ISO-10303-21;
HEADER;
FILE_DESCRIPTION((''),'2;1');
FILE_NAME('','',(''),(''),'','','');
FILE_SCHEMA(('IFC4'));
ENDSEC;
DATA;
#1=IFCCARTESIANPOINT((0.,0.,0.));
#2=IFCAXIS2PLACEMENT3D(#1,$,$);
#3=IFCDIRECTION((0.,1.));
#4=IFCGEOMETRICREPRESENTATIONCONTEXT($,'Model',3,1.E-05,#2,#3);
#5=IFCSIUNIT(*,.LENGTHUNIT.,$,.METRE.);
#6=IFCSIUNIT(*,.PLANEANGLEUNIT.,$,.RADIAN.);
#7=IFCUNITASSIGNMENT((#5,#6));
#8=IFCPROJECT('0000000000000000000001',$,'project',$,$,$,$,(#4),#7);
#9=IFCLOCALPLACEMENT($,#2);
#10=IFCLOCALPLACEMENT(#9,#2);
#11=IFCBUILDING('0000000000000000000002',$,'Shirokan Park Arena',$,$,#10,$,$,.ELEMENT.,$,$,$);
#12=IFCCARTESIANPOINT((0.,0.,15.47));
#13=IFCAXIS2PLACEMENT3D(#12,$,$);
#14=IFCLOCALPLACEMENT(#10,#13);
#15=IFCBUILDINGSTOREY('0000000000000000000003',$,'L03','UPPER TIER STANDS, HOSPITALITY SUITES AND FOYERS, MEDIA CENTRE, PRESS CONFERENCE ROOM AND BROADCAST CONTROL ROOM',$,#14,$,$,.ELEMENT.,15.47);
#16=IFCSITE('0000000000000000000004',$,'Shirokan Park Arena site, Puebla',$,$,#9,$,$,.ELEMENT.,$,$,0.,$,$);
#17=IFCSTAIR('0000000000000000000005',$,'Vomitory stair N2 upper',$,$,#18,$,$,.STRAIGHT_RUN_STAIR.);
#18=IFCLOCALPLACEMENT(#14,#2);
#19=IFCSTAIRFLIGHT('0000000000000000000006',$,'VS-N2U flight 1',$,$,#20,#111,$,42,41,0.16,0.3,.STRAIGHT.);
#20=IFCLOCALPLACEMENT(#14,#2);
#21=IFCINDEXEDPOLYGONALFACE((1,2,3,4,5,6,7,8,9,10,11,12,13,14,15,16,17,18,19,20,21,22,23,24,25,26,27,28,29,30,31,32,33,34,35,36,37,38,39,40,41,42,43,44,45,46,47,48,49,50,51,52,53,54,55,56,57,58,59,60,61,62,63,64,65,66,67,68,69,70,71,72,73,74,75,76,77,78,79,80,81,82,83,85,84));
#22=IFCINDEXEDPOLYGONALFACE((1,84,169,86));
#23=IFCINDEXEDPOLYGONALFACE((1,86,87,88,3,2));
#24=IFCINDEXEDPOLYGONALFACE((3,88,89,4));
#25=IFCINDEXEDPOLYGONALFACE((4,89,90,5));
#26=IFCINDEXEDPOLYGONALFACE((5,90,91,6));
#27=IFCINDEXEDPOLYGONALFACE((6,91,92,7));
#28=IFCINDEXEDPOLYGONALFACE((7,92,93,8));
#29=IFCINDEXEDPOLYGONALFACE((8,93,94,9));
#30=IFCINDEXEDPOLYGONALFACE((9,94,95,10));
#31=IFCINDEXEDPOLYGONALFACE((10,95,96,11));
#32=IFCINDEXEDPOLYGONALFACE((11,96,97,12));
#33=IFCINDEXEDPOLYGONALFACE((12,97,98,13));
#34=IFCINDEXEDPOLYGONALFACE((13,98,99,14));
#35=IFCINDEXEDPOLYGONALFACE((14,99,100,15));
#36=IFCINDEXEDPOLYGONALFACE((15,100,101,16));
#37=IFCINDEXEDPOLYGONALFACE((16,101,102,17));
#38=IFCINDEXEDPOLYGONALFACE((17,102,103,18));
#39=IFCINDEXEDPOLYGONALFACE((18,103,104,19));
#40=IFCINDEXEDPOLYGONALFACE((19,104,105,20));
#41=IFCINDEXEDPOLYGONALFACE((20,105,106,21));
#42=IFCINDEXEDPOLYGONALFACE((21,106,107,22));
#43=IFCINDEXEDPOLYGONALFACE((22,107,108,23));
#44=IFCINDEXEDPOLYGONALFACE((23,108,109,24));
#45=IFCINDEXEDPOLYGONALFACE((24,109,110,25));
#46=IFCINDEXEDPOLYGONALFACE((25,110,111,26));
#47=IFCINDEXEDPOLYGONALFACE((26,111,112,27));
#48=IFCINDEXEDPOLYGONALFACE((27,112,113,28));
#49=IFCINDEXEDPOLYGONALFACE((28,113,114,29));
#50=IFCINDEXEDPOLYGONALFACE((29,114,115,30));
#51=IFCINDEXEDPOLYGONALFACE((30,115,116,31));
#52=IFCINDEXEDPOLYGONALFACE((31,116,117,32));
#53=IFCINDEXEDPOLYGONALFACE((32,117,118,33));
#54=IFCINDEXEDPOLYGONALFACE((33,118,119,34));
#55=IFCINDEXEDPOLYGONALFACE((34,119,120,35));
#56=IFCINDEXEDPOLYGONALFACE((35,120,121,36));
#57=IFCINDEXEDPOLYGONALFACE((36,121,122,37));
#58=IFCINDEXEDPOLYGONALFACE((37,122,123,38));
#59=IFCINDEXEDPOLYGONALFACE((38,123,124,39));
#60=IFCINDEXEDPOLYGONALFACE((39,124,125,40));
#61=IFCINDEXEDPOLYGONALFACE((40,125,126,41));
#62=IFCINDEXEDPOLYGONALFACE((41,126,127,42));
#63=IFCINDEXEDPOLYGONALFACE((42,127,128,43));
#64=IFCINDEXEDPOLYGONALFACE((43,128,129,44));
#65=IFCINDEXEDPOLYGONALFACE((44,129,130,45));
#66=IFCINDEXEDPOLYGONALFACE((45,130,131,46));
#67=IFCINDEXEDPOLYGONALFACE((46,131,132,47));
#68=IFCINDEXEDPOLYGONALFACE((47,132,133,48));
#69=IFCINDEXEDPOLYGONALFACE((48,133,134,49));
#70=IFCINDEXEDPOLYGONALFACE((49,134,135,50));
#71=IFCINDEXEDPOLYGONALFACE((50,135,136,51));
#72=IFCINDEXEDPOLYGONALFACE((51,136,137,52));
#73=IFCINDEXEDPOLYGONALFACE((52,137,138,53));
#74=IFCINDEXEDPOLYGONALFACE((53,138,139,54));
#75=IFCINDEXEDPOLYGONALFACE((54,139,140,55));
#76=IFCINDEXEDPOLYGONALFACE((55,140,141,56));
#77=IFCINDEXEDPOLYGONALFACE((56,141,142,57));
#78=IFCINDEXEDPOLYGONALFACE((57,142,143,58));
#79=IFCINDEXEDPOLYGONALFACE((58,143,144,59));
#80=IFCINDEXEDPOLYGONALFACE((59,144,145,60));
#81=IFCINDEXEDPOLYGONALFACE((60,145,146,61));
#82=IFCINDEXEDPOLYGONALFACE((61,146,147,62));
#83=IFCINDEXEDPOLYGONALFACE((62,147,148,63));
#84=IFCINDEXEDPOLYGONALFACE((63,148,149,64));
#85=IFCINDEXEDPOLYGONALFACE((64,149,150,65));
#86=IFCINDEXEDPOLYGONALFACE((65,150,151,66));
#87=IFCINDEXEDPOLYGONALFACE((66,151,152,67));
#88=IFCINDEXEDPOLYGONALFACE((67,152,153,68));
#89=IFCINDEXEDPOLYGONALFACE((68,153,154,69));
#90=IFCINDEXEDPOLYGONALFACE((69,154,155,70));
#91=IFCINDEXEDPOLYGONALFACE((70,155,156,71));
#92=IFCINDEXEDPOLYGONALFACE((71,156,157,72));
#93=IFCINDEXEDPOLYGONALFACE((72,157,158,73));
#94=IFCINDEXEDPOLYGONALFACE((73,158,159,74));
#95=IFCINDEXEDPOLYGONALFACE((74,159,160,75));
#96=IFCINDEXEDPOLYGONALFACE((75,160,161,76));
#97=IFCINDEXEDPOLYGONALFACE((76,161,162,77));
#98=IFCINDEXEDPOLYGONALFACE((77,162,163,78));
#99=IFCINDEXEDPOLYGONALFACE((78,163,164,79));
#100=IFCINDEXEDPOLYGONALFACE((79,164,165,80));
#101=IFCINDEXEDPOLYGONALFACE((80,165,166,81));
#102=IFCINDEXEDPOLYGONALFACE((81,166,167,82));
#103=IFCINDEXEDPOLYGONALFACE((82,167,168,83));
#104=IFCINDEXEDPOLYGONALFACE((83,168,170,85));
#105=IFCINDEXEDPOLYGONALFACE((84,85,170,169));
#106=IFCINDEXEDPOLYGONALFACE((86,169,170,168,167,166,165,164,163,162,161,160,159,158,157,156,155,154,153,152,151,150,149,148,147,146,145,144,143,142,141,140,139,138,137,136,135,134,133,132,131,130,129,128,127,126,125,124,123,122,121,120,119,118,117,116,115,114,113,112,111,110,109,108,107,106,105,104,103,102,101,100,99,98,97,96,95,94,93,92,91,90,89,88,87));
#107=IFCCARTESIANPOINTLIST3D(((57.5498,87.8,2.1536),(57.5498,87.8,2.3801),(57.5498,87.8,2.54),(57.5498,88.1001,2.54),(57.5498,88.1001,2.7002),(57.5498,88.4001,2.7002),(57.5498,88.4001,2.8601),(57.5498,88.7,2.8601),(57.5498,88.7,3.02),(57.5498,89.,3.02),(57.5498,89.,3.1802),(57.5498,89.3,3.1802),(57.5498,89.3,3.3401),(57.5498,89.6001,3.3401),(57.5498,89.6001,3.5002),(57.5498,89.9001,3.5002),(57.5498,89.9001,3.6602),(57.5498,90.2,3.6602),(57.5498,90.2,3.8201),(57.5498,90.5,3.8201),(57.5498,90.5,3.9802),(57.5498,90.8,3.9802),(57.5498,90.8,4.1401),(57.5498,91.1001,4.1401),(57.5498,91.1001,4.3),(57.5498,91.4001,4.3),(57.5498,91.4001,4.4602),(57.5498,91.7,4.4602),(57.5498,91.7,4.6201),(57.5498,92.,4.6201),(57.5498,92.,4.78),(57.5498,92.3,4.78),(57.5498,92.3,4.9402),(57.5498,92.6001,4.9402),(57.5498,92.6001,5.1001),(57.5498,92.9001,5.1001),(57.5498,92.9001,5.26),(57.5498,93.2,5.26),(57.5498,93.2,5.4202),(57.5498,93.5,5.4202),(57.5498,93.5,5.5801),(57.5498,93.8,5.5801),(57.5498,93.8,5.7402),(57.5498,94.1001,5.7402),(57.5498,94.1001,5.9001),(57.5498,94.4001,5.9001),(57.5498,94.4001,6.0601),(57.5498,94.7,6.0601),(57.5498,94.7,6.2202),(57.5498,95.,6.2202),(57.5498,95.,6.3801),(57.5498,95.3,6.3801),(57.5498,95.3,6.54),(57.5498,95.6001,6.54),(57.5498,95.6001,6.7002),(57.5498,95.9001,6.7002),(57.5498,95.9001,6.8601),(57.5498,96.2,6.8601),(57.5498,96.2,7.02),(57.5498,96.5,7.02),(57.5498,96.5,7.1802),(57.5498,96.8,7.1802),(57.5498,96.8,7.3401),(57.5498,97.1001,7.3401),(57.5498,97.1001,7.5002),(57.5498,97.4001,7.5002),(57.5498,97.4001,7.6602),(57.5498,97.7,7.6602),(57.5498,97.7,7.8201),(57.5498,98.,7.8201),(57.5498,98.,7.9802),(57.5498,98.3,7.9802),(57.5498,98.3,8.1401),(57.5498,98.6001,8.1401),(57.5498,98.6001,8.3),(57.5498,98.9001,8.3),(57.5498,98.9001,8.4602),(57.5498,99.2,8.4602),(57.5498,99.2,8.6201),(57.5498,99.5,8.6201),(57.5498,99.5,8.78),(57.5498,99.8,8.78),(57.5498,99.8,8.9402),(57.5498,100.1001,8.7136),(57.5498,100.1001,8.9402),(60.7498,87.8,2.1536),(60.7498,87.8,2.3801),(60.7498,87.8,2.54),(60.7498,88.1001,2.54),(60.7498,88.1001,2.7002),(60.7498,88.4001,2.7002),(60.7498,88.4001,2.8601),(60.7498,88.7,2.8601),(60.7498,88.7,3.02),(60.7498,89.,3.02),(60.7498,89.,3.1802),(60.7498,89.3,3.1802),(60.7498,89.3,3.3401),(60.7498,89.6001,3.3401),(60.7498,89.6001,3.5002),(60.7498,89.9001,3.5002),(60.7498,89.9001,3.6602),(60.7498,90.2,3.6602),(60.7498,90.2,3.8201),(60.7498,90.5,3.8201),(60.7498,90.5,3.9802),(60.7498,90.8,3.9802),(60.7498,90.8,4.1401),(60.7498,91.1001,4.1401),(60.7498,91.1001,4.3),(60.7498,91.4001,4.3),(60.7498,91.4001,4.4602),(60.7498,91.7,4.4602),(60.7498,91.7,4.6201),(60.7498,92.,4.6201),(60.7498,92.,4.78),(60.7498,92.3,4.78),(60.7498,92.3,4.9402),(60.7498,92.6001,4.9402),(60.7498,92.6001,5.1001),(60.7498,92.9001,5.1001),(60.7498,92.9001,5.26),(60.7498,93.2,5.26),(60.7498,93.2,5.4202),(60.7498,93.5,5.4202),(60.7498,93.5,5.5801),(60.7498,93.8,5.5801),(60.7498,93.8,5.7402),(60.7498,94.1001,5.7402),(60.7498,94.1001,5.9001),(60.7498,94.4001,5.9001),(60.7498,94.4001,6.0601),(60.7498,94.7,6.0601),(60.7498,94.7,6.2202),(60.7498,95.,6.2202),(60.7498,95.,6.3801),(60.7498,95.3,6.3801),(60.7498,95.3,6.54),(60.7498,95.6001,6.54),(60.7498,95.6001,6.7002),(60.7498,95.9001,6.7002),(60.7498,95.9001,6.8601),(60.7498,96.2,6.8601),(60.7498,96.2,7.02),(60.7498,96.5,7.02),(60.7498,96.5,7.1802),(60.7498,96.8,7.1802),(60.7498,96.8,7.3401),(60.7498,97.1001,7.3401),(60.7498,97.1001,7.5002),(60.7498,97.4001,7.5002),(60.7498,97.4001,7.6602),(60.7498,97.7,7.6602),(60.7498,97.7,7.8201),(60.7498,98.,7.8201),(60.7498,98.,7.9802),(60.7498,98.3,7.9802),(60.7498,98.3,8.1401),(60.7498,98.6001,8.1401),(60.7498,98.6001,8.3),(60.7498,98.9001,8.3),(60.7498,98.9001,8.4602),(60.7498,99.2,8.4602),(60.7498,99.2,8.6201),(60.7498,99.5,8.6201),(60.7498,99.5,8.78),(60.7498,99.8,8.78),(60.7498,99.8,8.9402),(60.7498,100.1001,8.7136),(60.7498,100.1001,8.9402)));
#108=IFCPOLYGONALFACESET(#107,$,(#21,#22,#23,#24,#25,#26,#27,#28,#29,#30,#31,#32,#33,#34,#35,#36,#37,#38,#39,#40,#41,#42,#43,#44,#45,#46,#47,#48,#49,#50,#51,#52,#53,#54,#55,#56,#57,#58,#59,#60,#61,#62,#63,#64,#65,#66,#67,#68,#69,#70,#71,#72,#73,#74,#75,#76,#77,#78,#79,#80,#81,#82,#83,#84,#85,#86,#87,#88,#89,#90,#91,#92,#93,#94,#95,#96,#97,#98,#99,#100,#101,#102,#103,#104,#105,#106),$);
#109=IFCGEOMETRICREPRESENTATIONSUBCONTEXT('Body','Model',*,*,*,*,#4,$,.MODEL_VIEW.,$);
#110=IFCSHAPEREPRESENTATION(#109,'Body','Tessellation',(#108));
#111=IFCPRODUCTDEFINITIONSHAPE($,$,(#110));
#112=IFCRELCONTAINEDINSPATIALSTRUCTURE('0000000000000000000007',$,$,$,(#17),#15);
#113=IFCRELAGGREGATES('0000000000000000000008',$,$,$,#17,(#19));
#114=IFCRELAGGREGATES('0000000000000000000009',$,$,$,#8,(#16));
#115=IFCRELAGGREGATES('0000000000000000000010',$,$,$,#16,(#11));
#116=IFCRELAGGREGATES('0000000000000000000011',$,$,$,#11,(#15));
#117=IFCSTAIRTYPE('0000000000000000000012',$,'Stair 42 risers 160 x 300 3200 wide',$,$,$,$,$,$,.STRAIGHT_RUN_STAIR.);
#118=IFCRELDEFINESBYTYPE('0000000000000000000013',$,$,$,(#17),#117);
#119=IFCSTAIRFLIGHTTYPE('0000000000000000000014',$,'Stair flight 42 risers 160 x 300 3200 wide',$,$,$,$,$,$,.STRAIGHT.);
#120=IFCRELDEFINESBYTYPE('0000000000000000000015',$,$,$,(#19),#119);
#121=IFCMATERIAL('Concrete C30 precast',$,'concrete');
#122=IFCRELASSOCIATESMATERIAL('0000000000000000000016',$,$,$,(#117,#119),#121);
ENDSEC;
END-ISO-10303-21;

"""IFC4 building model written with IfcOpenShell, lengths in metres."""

from ifc_helpers import new_model, si_unit, direction, frame, origin, place, context, subcontext, project, spatial, polyline, outline, extrude, material, type_object, element, aggregate, save


model = new_model("IFC4")

# Units and contexts
model_context = context("Model", 3, precision=1e-05, world=origin(), true_north=direction((0.0, 1.0)))
body_context = subcontext(model_context, "Body", "Model", "MODEL_VIEW")
ifc_project = project(units=[si_unit("LENGTHUNIT", "METRE"), si_unit("PLANEANGLEUNIT", "RADIAN")], contexts=[model_context])

# Site, building, storey
site_placement = place(None, origin())
site = spatial("IfcSite", under=ifc_project, at=site_placement, Name="Shirokan Park Arena site, Puebla", CompositionType="ELEMENT", RefElevation=0.0)
building_placement = place(site_placement, origin())
building = spatial("IfcBuilding", under=site, at=building_placement, Name="Shirokan Park Arena", CompositionType="ELEMENT")
storey_placement = place(building_placement, frame((0.0, 0.0, 15.47)))
storey = spatial("IfcBuildingStorey", under=building, at=storey_placement, Name="L03", Description="UPPER TIER STANDS, HOSPITALITY SUITES AND FOYERS, MEDIA CENTRE, PRESS CONFERENCE ROOM AND BROADCAST CONTROL ROOM", CompositionType="ELEMENT", Elevation=15.47)

# Stair, stair flight
ifc_material_1 = material(Name="Concrete C30 precast", Category="concrete")
stair_type = type_object("IfcStairType", Name="Stair 42 risers 160 x 300 3200 wide", PredefinedType="STRAIGHT_RUN_STAIR", material=ifc_material_1)
stair_placement = place(storey_placement, origin())
stair = element("IfcStair", 1, at=stair_placement, inside=storey, type_object=stair_type, Name="Vomitory stair N2 upper", PredefinedType="STRAIGHT_RUN_STAIR")
stair_flight_type = type_object("IfcStairFlightType", Name="Stair flight 42 risers 160 x 300 3200 wide", PredefinedType="STRAIGHT", material=ifc_material_1)
stair_flight_placement = place(storey_placement, frame((59.1499, 87.8, 2.3801), z_axis=(0.0, 0.0, 1.0), x_axis=(0.0, 1.0, 0.0)))
stair_flight = element("IfcStairFlight", 2, at=stair_flight_placement, type_object=stair_flight_type, Name="VS-N2U flight 1", NumberOfRisers=42, NumberOfTreads=41, PredefinedType="STRAIGHT", RiserHeight=0.16, TreadLength=0.3, context=body_context, shape_type="SweptSolid", body=[
    extrude(outline(polyline([(0.0, -0.2266), (0.0, 0.0), (0.0, 0.1599), (0.3, 0.1599), (0.3, 0.3201), (0.6001, 0.3201), (0.6001, 0.48), (0.8999, 0.48), (0.8999, 0.6399), (1.2, 0.6399), (1.2, 0.8), (1.5, 0.8), (1.5, 0.96), (1.8, 0.96), (1.8, 1.1201), (2.1001, 1.1201), (2.1001, 1.28), (2.3999, 1.28), (2.3999, 1.4399), (2.7, 1.4399), (2.7, 1.6001), (3.0, 1.6001), (3.0, 1.76), (3.3, 1.76), (3.3, 1.9199), (3.6001, 1.9199), (3.6001, 2.0801), (3.8999, 2.0801), (3.8999, 2.24), (4.2, 2.24), (4.2, 2.3999), (4.5, 2.3999), (4.5, 2.5601), (4.8, 2.5601), (4.8, 2.72), (5.1001, 2.72), (5.1001, 2.8799), (5.3999, 2.8799), (5.3999, 3.04), (5.7, 3.04), (5.7, 3.2), (6.0, 3.2), (6.0, 3.3601), (6.3, 3.3601), (6.3, 3.52), (6.6001, 3.52), (6.6001, 3.6799), (6.8999, 3.6799), (6.8999, 3.8401), (7.2, 3.8401), (7.2, 4.0), (7.5, 4.0), (7.5, 4.1599), (7.8, 4.1599), (7.8, 4.3201), (8.1001, 4.3201), (8.1001, 4.48), (8.3999, 4.48), (8.3999, 4.6399), (8.7, 4.6399), (8.7, 4.8), (9.0, 4.8), (9.0, 4.96), (9.3, 4.96), (9.3, 5.1201), (9.6001, 5.1201), (9.6001, 5.28), (9.8999, 5.28), (9.8999, 5.4399), (10.2, 5.4399), (10.2, 5.6001), (10.5, 5.6001), (10.5, 5.76), (10.8, 5.76), (10.8, 5.9199), (11.1001, 5.9199), (11.1001, 6.0801), (11.3999, 6.0801), (11.3999, 6.24), (11.7, 6.24), (11.7, 6.3999), (12.0, 6.3999), (12.0, 6.5601), (12.3, 6.5601), (12.3, 6.72), (12.3, 6.3335), (0.0, -0.2266)])), frame((0.0, 1.6001, 0.0), z_axis=(0.0, -1.0, 0.0), x_axis=(1.0, 0.0, 0.0)), (0.0, 0.0, 1.0), 3.2),
])
aggregate(stair, [stair_flight])

save(model, "model.ifc")
